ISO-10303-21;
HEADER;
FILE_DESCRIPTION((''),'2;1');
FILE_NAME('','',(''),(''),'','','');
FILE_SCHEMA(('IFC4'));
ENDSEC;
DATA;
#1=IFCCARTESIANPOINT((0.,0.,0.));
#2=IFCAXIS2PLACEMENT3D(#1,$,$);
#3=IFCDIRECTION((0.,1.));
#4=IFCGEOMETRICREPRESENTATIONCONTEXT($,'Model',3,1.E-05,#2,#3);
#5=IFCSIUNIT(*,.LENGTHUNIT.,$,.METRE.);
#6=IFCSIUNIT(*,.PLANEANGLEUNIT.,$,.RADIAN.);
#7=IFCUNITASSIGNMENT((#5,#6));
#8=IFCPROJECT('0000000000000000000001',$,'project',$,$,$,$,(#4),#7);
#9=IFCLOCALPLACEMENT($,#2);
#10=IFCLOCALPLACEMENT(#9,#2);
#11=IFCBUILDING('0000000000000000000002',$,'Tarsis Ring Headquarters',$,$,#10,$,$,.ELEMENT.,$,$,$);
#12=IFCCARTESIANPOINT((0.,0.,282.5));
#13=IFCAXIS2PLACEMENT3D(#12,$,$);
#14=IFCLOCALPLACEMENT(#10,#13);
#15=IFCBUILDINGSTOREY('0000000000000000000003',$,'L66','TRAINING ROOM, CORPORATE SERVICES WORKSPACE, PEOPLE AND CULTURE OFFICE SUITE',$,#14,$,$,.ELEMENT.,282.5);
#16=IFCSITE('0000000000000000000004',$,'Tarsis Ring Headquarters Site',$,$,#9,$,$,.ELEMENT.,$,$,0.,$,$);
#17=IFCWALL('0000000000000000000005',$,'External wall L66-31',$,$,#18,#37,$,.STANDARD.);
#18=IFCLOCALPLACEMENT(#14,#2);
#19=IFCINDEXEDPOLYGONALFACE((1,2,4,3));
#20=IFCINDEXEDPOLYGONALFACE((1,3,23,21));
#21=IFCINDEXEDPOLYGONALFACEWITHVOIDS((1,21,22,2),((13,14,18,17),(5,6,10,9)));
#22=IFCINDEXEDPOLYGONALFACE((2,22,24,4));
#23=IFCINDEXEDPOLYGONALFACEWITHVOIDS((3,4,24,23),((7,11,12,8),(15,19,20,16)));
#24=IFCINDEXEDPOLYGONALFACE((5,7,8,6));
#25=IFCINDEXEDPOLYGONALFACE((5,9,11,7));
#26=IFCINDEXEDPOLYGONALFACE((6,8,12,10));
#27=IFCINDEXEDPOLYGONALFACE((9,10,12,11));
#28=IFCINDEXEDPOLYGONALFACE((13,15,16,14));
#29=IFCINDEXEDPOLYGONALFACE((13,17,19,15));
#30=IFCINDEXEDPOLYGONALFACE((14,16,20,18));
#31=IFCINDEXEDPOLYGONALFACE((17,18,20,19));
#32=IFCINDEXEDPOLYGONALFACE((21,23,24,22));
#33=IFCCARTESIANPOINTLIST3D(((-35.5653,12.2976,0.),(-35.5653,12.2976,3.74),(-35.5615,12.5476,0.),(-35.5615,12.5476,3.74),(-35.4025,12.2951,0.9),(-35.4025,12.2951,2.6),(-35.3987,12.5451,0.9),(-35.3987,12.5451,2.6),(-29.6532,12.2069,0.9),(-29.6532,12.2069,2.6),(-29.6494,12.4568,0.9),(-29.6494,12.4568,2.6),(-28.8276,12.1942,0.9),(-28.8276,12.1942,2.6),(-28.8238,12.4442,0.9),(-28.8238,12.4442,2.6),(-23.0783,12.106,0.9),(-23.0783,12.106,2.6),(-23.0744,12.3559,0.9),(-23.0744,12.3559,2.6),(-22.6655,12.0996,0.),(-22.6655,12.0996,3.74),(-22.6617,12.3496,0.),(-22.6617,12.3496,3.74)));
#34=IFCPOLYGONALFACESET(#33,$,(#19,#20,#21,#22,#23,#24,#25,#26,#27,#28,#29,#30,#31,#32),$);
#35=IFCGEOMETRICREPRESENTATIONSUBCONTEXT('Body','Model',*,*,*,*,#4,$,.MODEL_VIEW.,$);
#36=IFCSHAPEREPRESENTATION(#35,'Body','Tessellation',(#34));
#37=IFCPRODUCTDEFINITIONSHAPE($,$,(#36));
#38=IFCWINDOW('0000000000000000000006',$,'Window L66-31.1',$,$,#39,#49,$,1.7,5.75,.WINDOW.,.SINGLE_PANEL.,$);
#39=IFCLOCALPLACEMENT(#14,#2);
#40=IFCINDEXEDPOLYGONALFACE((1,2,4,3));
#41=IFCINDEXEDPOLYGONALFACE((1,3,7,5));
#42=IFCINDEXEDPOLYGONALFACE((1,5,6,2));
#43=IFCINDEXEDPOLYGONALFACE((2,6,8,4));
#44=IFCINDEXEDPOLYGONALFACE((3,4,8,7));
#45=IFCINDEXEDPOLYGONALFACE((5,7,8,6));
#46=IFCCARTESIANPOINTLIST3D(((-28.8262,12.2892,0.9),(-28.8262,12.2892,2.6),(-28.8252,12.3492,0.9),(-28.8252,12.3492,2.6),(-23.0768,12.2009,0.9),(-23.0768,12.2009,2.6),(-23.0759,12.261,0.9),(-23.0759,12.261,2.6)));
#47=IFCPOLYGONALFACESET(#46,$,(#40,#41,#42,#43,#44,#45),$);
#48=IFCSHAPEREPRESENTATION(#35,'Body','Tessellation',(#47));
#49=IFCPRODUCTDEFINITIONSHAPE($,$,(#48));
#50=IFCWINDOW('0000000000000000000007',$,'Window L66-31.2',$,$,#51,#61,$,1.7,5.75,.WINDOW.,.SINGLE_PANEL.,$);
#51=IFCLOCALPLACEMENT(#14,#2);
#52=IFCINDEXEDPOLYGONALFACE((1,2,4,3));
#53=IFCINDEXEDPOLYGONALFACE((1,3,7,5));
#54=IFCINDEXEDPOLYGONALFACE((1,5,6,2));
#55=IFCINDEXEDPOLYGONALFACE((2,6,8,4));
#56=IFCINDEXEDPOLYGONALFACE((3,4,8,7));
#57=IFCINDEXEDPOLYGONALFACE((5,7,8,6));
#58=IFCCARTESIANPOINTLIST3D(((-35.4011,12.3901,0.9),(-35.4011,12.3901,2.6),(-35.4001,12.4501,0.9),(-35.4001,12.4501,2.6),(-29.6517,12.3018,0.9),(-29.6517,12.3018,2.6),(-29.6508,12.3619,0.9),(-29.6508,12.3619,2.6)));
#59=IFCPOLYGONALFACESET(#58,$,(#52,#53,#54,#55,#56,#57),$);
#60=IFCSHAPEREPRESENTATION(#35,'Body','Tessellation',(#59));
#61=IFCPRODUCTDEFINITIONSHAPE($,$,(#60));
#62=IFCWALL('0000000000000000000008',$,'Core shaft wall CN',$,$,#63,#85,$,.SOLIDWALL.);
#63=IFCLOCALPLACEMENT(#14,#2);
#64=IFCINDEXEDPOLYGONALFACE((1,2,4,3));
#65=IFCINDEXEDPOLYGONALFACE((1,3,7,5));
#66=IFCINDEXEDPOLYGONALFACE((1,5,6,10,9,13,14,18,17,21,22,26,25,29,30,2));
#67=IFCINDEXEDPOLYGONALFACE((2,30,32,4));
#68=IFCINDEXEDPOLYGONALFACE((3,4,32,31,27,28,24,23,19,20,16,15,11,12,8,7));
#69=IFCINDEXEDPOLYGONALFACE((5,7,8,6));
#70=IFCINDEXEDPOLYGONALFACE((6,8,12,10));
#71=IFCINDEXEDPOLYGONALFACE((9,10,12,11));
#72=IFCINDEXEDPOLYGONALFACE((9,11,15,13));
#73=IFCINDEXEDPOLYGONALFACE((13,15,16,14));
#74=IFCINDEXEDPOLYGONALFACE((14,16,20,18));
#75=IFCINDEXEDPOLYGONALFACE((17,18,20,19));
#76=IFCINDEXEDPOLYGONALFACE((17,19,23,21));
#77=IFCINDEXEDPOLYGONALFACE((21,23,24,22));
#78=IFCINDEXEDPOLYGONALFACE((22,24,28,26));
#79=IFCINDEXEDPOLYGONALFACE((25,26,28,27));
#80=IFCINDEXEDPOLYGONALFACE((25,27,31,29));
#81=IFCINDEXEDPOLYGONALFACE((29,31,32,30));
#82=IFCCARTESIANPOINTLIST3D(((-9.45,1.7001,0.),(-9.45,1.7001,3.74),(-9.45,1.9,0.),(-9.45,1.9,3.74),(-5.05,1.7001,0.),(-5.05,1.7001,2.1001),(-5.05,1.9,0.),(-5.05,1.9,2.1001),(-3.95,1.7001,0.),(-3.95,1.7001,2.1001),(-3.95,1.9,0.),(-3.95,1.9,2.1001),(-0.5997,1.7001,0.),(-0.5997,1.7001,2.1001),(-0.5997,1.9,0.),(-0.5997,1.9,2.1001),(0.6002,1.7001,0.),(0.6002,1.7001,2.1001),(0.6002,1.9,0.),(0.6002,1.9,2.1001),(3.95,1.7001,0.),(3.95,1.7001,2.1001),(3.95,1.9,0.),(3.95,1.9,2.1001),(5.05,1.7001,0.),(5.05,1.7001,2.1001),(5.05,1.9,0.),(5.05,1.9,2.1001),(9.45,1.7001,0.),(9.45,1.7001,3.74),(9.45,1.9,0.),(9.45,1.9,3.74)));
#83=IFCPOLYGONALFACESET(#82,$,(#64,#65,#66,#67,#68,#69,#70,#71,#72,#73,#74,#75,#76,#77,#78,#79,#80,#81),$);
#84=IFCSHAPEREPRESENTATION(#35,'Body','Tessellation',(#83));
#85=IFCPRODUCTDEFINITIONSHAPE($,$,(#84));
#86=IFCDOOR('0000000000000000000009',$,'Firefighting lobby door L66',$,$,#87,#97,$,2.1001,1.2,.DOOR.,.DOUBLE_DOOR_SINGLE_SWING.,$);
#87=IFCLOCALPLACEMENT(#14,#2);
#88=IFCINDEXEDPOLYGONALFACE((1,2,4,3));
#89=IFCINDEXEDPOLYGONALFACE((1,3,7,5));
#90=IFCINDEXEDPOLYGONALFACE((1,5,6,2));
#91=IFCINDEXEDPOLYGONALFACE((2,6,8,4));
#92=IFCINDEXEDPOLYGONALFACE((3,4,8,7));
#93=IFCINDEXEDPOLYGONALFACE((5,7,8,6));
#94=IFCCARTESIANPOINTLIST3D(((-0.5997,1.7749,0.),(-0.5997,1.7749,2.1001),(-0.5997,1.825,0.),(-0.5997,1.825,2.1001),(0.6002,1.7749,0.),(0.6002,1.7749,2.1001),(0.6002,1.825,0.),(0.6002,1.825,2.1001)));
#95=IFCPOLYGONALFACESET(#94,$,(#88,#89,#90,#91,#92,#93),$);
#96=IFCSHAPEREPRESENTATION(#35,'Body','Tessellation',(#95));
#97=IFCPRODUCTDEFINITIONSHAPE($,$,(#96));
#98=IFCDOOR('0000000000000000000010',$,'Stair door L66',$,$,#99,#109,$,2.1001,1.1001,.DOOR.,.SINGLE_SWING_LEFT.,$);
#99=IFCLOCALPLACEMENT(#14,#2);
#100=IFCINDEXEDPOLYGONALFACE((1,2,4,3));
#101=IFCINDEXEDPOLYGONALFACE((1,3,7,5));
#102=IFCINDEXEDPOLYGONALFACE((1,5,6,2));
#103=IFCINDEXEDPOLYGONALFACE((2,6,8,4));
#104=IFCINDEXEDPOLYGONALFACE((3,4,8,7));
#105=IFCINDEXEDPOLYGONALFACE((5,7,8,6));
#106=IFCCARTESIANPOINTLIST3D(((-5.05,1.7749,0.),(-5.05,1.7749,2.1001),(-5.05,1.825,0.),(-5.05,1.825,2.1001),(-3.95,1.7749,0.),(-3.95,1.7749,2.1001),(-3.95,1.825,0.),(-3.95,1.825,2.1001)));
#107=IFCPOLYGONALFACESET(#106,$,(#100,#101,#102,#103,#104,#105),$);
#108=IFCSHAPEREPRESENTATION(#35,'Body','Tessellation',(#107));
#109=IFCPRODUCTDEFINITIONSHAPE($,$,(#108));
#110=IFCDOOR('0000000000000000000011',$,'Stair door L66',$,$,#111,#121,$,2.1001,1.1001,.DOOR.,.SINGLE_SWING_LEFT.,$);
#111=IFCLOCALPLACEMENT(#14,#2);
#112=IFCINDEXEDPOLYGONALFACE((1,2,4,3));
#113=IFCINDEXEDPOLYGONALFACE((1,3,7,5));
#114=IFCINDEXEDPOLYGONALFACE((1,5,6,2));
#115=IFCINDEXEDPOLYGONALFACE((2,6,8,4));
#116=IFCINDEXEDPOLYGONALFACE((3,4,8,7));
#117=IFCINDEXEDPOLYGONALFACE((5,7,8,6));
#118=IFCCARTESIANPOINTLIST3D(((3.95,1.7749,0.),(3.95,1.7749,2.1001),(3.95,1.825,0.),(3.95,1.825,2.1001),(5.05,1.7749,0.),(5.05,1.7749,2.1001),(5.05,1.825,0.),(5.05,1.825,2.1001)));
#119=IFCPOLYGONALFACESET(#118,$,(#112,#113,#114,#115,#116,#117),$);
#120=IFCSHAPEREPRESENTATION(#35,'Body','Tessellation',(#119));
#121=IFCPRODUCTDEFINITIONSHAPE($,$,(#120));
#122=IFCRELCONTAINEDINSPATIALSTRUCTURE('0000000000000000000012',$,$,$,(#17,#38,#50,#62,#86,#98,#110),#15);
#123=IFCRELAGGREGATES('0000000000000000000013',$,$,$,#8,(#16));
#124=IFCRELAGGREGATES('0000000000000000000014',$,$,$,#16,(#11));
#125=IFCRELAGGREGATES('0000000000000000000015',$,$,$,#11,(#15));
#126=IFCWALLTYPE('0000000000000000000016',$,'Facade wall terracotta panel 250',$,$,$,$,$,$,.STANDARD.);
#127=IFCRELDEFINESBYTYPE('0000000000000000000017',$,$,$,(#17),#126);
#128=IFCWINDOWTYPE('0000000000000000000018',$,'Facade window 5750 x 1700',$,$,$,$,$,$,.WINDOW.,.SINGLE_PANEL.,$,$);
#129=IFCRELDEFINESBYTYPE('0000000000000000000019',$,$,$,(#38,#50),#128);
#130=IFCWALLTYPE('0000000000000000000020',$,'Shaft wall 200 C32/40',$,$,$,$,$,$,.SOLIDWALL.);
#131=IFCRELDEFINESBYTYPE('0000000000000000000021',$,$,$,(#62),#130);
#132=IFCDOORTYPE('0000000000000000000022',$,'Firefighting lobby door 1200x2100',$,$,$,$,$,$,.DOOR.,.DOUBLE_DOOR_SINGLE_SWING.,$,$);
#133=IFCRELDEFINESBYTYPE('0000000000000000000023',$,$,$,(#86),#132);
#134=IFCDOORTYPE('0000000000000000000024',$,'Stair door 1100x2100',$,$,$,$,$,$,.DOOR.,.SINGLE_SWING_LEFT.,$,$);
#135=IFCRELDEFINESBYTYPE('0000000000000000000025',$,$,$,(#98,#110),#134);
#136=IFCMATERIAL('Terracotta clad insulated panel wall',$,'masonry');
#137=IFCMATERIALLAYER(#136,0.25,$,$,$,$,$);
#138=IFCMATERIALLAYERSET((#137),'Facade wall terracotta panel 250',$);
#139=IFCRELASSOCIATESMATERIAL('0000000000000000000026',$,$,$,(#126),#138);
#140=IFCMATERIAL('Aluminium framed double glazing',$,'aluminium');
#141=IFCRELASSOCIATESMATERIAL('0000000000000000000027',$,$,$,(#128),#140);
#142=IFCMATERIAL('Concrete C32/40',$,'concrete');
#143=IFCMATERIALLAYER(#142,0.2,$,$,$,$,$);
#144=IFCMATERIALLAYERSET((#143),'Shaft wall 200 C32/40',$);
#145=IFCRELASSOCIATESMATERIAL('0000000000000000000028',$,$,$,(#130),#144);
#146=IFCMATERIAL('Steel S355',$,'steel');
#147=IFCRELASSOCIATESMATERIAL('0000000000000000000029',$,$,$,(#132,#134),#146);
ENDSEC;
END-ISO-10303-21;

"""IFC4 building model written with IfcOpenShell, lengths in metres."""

from ifc_helpers import new_model, si_unit, direction, frame, frame_2d, origin, place, context, subcontext, project, spatial, rectangle, extrude, material, layer, layer_set, type_object, element, fill, save


model = new_model("IFC4")

# Units and contexts
model_context = context("Model", 3, precision=1e-05, world=origin(), true_north=direction((0.0, 1.0)))
body_context = subcontext(model_context, "Body", "Model", "MODEL_VIEW")
ifc_project = project(units=[si_unit("LENGTHUNIT", "METRE"), si_unit("PLANEANGLEUNIT", "RADIAN")], contexts=[model_context])

# Site, building, storey
site_placement = place(None, origin())
site = spatial("IfcSite", under=ifc_project, at=site_placement, Name="Tarsis Ring Headquarters Site", CompositionType="ELEMENT", RefElevation=0.0)
building_placement = place(site_placement, origin())
building = spatial("IfcBuilding", under=site, at=building_placement, Name="Tarsis Ring Headquarters", CompositionType="ELEMENT")
storey_placement = place(building_placement, frame((0.0, 0.0, 282.5)))
storey = spatial("IfcBuildingStorey", under=building, at=storey_placement, Name="L66", Description="TRAINING ROOM, CORPORATE SERVICES WORKSPACE, PEOPLE AND CULTURE OFFICE SUITE", CompositionType="ELEMENT", Elevation=282.5)

# Wall, openings, windows
ifc_material_1 = material(Name="Terracotta clad insulated panel wall", Category="masonry")
ifc_layer_1 = layer(ifc_material_1, 0.25)
ifc_layer_set_1 = layer_set([ifc_layer_1], Name="Facade wall terracotta panel 250")
wall_type_1 = type_object("IfcWallType", Name="Facade wall terracotta panel 250", PredefinedType="STANDARD", material=ifc_layer_set_1)
wall_1_placement = place(storey_placement, frame((-22.6636, 12.2246, 0.0), z_axis=(0.0, 0.0, 1.0), x_axis=(-0.999882, 0.015347, 0.0)))
wall_1 = element("IfcWall", 1, at=wall_1_placement, inside=storey, type_object=wall_type_1, Name="External wall L66-31", PredefinedType="STANDARD", context=body_context, shape_type="SweptSolid", body=[
    extrude(rectangle(XDim=12.9014, YDim=0.25, at=frame_2d((6.4507, 0.0))), origin(), (0.0, 0.0, 1.0), 3.74),
])
opening_1_placement = place(wall_1_placement, frame((0.4128, 0.0, 0.8999)))
opening_1 = element("IfcOpeningElement", 2, at=opening_1_placement, cuts=wall_1, PredefinedType="OPENING", context=body_context, shape_type="SweptSolid", body=[
    extrude(rectangle(XDim=5.75, YDim=1.7, at=frame_2d((2.875, 0.8501))), frame((0.0, 0.135, 0.0), z_axis=(0.0, -1.0, 0.0), x_axis=(1.0, 0.0, 0.0)), (0.0, 0.0, 1.0), 0.27),
])
opening_2_placement = place(wall_1_placement, frame((6.9885, 0.0, 0.8999)))
opening_2 = element("IfcOpeningElement", 3, at=opening_2_placement, cuts=wall_1, PredefinedType="OPENING", context=body_context, shape_type="SweptSolid", body=[
    extrude(rectangle(XDim=5.75, YDim=1.7, at=frame_2d((2.875, 0.8501))), frame((0.0, 0.135, 0.0), z_axis=(0.0, -1.0, 0.0), x_axis=(1.0, 0.0, 0.0)), (0.0, 0.0, 1.0), 0.27),
])
ifc_material_2 = material(Name="Aluminium framed double glazing", Category="aluminium")
window_type = type_object("IfcWindowType", Name="Facade window 5750 x 1700", PartitioningType="SINGLE_PANEL", PredefinedType="WINDOW", material=ifc_material_2)
window_1_placement = place(opening_1_placement, origin())
window_1 = element("IfcWindow", 4, at=window_1_placement, inside=storey, type_object=window_type, Name="Window L66-31.1", OverallHeight=1.7, OverallWidth=5.75, PartitioningType="SINGLE_PANEL", PredefinedType="WINDOW", context=body_context, shape_type="SweptSolid", body=[
    extrude(rectangle(XDim=5.75, YDim=1.7, at=frame_2d((2.875, 0.8501))), frame((0.0, 0.03, 0.0), z_axis=(0.0, -1.0, 0.0), x_axis=(1.0, 0.0, 0.0)), (0.0, 0.0, 1.0), 0.0601),
])
fill(opening_1, window_1)
window_2_placement = place(opening_2_placement, origin())
window_2 = element("IfcWindow", 5, at=window_2_placement, inside=storey, type_object=window_type, Name="Window L66-31.2", OverallHeight=1.7, OverallWidth=5.75, PartitioningType="SINGLE_PANEL", PredefinedType="WINDOW", context=body_context, shape_type="SweptSolid", body=[
    extrude(rectangle(XDim=5.75, YDim=1.7, at=frame_2d((2.875, 0.8501))), frame((0.0, 0.03, 0.0), z_axis=(0.0, -1.0, 0.0), x_axis=(1.0, 0.0, 0.0)), (0.0, 0.0, 1.0), 0.0601),
])
fill(opening_2, window_2)

# Wall, openings, doors
ifc_material_3 = material(Name="Concrete C32/40", Category="concrete")
ifc_layer_2 = layer(ifc_material_3, 0.2)
ifc_layer_set_2 = layer_set([ifc_layer_2], Name="Shaft wall 200 C32/40")
wall_type_2 = type_object("IfcWallType", Name="Shaft wall 200 C32/40", PredefinedType="SOLIDWALL", material=ifc_layer_set_2)
wall_2_placement = place(storey_placement, frame((-9.45, 1.8, 0.0), z_axis=(0.0, 0.0, 1.0), x_axis=(1.0, 0.0, 0.0)))
wall_2 = element("IfcWall", 6, at=wall_2_placement, inside=storey, type_object=wall_type_2, Name="Core shaft wall CN", PredefinedType="SOLIDWALL", context=body_context, shape_type="SweptSolid", body=[
    extrude(rectangle(XDim=18.8999, YDim=0.2, at=frame_2d((9.45, 0.0))), origin(), (0.0, 0.0, 1.0), 3.74),
])
opening_3_placement = place(wall_2_placement, frame((4.3999, 0.0, 0.0)))
opening_3 = element("IfcOpeningElement", 7, at=opening_3_placement, cuts=wall_2, PredefinedType="OPENING", context=body_context, shape_type="SweptSolid", body=[
    extrude(rectangle(XDim=1.1001, YDim=2.1001, at=frame_2d((0.55, 1.05))), frame((0.0, 0.1099, 0.0), z_axis=(0.0, -1.0, 0.0), x_axis=(1.0, 0.0, 0.0)), (0.0, 0.0, 1.0), 0.22),
])
opening_4_placement = place(wall_2_placement, frame((8.8501, 0.0, 0.0)))
opening_4 = element("IfcOpeningElement", 8, at=opening_4_placement, cuts=wall_2, PredefinedType="OPENING", context=body_context, shape_type="SweptSolid", body=[
    extrude(rectangle(XDim=1.2, YDim=2.1001, at=frame_2d((0.6001, 1.05))), frame((0.0, 0.1099, 0.0), z_axis=(0.0, -1.0, 0.0), x_axis=(1.0, 0.0, 0.0)), (0.0, 0.0, 1.0), 0.22),
])
opening_5_placement = place(wall_2_placement, frame((13.3999, 0.0, 0.0)))
opening_5 = element("IfcOpeningElement", 9, at=opening_5_placement, cuts=wall_2, PredefinedType="OPENING", context=body_context, shape_type="SweptSolid", body=[
    extrude(rectangle(XDim=1.1001, YDim=2.1001, at=frame_2d((0.55, 1.05))), frame((0.0, 0.1099, 0.0), z_axis=(0.0, -1.0, 0.0), x_axis=(1.0, 0.0, 0.0)), (0.0, 0.0, 1.0), 0.22),
])
ifc_material_4 = material(Name="Steel S355", Category="steel")
door_type_1 = type_object("IfcDoorType", Name="Firefighting lobby door 1200x2100", OperationType="DOUBLE_DOOR_SINGLE_SWING", PredefinedType="DOOR", material=ifc_material_4)
door_1_placement = place(opening_4_placement, origin())
door_1 = element("IfcDoor", 10, at=door_1_placement, inside=storey, type_object=door_type_1, Name="Firefighting lobby door L66", OperationType="DOUBLE_DOOR_SINGLE_SWING", OverallHeight=2.1001, OverallWidth=1.2, PredefinedType="DOOR", context=body_context, shape_type="SweptSolid", body=[
    extrude(rectangle(XDim=1.2, YDim=2.1001, at=frame_2d((0.6001, 1.05))), frame((0.0, 0.0249, 0.0), z_axis=(0.0, -1.0, 0.0), x_axis=(1.0, 0.0, 0.0)), (0.0, 0.0, 1.0), 0.05),
])
fill(opening_4, door_1)
door_type_2 = type_object("IfcDoorType", Name="Stair door 1100x2100", OperationType="SINGLE_SWING_LEFT", PredefinedType="DOOR", material=ifc_material_4)
door_2_placement = place(opening_3_placement, origin())
door_2 = element("IfcDoor", 11, at=door_2_placement, inside=storey, type_object=door_type_2, Name="Stair door L66", OperationType="SINGLE_SWING_LEFT", OverallHeight=2.1001, OverallWidth=1.1001, PredefinedType="DOOR", context=body_context, shape_type="SweptSolid", body=[
    extrude(rectangle(XDim=1.1001, YDim=2.1001, at=frame_2d((0.55, 1.05))), frame((0.0, 0.0249, 0.0), z_axis=(0.0, -1.0, 0.0), x_axis=(1.0, 0.0, 0.0)), (0.0, 0.0, 1.0), 0.05),
])
fill(opening_3, door_2)
door_3_placement = place(opening_5_placement, origin())
door_3 = element("IfcDoor", 12, at=door_3_placement, inside=storey, type_object=door_type_2, Name="Stair door L66", OperationType="SINGLE_SWING_LEFT", OverallHeight=2.1001, OverallWidth=1.1001, PredefinedType="DOOR", context=body_context, shape_type="SweptSolid", body=[
    extrude(rectangle(XDim=1.1001, YDim=2.1001, at=frame_2d((0.55, 1.05))), frame((0.0, 0.0249, 0.0), z_axis=(0.0, -1.0, 0.0), x_axis=(1.0, 0.0, 0.0)), (0.0, 0.0, 1.0), 0.05),
])
fill(opening_5, door_3)

save(model, "model.ifc")
